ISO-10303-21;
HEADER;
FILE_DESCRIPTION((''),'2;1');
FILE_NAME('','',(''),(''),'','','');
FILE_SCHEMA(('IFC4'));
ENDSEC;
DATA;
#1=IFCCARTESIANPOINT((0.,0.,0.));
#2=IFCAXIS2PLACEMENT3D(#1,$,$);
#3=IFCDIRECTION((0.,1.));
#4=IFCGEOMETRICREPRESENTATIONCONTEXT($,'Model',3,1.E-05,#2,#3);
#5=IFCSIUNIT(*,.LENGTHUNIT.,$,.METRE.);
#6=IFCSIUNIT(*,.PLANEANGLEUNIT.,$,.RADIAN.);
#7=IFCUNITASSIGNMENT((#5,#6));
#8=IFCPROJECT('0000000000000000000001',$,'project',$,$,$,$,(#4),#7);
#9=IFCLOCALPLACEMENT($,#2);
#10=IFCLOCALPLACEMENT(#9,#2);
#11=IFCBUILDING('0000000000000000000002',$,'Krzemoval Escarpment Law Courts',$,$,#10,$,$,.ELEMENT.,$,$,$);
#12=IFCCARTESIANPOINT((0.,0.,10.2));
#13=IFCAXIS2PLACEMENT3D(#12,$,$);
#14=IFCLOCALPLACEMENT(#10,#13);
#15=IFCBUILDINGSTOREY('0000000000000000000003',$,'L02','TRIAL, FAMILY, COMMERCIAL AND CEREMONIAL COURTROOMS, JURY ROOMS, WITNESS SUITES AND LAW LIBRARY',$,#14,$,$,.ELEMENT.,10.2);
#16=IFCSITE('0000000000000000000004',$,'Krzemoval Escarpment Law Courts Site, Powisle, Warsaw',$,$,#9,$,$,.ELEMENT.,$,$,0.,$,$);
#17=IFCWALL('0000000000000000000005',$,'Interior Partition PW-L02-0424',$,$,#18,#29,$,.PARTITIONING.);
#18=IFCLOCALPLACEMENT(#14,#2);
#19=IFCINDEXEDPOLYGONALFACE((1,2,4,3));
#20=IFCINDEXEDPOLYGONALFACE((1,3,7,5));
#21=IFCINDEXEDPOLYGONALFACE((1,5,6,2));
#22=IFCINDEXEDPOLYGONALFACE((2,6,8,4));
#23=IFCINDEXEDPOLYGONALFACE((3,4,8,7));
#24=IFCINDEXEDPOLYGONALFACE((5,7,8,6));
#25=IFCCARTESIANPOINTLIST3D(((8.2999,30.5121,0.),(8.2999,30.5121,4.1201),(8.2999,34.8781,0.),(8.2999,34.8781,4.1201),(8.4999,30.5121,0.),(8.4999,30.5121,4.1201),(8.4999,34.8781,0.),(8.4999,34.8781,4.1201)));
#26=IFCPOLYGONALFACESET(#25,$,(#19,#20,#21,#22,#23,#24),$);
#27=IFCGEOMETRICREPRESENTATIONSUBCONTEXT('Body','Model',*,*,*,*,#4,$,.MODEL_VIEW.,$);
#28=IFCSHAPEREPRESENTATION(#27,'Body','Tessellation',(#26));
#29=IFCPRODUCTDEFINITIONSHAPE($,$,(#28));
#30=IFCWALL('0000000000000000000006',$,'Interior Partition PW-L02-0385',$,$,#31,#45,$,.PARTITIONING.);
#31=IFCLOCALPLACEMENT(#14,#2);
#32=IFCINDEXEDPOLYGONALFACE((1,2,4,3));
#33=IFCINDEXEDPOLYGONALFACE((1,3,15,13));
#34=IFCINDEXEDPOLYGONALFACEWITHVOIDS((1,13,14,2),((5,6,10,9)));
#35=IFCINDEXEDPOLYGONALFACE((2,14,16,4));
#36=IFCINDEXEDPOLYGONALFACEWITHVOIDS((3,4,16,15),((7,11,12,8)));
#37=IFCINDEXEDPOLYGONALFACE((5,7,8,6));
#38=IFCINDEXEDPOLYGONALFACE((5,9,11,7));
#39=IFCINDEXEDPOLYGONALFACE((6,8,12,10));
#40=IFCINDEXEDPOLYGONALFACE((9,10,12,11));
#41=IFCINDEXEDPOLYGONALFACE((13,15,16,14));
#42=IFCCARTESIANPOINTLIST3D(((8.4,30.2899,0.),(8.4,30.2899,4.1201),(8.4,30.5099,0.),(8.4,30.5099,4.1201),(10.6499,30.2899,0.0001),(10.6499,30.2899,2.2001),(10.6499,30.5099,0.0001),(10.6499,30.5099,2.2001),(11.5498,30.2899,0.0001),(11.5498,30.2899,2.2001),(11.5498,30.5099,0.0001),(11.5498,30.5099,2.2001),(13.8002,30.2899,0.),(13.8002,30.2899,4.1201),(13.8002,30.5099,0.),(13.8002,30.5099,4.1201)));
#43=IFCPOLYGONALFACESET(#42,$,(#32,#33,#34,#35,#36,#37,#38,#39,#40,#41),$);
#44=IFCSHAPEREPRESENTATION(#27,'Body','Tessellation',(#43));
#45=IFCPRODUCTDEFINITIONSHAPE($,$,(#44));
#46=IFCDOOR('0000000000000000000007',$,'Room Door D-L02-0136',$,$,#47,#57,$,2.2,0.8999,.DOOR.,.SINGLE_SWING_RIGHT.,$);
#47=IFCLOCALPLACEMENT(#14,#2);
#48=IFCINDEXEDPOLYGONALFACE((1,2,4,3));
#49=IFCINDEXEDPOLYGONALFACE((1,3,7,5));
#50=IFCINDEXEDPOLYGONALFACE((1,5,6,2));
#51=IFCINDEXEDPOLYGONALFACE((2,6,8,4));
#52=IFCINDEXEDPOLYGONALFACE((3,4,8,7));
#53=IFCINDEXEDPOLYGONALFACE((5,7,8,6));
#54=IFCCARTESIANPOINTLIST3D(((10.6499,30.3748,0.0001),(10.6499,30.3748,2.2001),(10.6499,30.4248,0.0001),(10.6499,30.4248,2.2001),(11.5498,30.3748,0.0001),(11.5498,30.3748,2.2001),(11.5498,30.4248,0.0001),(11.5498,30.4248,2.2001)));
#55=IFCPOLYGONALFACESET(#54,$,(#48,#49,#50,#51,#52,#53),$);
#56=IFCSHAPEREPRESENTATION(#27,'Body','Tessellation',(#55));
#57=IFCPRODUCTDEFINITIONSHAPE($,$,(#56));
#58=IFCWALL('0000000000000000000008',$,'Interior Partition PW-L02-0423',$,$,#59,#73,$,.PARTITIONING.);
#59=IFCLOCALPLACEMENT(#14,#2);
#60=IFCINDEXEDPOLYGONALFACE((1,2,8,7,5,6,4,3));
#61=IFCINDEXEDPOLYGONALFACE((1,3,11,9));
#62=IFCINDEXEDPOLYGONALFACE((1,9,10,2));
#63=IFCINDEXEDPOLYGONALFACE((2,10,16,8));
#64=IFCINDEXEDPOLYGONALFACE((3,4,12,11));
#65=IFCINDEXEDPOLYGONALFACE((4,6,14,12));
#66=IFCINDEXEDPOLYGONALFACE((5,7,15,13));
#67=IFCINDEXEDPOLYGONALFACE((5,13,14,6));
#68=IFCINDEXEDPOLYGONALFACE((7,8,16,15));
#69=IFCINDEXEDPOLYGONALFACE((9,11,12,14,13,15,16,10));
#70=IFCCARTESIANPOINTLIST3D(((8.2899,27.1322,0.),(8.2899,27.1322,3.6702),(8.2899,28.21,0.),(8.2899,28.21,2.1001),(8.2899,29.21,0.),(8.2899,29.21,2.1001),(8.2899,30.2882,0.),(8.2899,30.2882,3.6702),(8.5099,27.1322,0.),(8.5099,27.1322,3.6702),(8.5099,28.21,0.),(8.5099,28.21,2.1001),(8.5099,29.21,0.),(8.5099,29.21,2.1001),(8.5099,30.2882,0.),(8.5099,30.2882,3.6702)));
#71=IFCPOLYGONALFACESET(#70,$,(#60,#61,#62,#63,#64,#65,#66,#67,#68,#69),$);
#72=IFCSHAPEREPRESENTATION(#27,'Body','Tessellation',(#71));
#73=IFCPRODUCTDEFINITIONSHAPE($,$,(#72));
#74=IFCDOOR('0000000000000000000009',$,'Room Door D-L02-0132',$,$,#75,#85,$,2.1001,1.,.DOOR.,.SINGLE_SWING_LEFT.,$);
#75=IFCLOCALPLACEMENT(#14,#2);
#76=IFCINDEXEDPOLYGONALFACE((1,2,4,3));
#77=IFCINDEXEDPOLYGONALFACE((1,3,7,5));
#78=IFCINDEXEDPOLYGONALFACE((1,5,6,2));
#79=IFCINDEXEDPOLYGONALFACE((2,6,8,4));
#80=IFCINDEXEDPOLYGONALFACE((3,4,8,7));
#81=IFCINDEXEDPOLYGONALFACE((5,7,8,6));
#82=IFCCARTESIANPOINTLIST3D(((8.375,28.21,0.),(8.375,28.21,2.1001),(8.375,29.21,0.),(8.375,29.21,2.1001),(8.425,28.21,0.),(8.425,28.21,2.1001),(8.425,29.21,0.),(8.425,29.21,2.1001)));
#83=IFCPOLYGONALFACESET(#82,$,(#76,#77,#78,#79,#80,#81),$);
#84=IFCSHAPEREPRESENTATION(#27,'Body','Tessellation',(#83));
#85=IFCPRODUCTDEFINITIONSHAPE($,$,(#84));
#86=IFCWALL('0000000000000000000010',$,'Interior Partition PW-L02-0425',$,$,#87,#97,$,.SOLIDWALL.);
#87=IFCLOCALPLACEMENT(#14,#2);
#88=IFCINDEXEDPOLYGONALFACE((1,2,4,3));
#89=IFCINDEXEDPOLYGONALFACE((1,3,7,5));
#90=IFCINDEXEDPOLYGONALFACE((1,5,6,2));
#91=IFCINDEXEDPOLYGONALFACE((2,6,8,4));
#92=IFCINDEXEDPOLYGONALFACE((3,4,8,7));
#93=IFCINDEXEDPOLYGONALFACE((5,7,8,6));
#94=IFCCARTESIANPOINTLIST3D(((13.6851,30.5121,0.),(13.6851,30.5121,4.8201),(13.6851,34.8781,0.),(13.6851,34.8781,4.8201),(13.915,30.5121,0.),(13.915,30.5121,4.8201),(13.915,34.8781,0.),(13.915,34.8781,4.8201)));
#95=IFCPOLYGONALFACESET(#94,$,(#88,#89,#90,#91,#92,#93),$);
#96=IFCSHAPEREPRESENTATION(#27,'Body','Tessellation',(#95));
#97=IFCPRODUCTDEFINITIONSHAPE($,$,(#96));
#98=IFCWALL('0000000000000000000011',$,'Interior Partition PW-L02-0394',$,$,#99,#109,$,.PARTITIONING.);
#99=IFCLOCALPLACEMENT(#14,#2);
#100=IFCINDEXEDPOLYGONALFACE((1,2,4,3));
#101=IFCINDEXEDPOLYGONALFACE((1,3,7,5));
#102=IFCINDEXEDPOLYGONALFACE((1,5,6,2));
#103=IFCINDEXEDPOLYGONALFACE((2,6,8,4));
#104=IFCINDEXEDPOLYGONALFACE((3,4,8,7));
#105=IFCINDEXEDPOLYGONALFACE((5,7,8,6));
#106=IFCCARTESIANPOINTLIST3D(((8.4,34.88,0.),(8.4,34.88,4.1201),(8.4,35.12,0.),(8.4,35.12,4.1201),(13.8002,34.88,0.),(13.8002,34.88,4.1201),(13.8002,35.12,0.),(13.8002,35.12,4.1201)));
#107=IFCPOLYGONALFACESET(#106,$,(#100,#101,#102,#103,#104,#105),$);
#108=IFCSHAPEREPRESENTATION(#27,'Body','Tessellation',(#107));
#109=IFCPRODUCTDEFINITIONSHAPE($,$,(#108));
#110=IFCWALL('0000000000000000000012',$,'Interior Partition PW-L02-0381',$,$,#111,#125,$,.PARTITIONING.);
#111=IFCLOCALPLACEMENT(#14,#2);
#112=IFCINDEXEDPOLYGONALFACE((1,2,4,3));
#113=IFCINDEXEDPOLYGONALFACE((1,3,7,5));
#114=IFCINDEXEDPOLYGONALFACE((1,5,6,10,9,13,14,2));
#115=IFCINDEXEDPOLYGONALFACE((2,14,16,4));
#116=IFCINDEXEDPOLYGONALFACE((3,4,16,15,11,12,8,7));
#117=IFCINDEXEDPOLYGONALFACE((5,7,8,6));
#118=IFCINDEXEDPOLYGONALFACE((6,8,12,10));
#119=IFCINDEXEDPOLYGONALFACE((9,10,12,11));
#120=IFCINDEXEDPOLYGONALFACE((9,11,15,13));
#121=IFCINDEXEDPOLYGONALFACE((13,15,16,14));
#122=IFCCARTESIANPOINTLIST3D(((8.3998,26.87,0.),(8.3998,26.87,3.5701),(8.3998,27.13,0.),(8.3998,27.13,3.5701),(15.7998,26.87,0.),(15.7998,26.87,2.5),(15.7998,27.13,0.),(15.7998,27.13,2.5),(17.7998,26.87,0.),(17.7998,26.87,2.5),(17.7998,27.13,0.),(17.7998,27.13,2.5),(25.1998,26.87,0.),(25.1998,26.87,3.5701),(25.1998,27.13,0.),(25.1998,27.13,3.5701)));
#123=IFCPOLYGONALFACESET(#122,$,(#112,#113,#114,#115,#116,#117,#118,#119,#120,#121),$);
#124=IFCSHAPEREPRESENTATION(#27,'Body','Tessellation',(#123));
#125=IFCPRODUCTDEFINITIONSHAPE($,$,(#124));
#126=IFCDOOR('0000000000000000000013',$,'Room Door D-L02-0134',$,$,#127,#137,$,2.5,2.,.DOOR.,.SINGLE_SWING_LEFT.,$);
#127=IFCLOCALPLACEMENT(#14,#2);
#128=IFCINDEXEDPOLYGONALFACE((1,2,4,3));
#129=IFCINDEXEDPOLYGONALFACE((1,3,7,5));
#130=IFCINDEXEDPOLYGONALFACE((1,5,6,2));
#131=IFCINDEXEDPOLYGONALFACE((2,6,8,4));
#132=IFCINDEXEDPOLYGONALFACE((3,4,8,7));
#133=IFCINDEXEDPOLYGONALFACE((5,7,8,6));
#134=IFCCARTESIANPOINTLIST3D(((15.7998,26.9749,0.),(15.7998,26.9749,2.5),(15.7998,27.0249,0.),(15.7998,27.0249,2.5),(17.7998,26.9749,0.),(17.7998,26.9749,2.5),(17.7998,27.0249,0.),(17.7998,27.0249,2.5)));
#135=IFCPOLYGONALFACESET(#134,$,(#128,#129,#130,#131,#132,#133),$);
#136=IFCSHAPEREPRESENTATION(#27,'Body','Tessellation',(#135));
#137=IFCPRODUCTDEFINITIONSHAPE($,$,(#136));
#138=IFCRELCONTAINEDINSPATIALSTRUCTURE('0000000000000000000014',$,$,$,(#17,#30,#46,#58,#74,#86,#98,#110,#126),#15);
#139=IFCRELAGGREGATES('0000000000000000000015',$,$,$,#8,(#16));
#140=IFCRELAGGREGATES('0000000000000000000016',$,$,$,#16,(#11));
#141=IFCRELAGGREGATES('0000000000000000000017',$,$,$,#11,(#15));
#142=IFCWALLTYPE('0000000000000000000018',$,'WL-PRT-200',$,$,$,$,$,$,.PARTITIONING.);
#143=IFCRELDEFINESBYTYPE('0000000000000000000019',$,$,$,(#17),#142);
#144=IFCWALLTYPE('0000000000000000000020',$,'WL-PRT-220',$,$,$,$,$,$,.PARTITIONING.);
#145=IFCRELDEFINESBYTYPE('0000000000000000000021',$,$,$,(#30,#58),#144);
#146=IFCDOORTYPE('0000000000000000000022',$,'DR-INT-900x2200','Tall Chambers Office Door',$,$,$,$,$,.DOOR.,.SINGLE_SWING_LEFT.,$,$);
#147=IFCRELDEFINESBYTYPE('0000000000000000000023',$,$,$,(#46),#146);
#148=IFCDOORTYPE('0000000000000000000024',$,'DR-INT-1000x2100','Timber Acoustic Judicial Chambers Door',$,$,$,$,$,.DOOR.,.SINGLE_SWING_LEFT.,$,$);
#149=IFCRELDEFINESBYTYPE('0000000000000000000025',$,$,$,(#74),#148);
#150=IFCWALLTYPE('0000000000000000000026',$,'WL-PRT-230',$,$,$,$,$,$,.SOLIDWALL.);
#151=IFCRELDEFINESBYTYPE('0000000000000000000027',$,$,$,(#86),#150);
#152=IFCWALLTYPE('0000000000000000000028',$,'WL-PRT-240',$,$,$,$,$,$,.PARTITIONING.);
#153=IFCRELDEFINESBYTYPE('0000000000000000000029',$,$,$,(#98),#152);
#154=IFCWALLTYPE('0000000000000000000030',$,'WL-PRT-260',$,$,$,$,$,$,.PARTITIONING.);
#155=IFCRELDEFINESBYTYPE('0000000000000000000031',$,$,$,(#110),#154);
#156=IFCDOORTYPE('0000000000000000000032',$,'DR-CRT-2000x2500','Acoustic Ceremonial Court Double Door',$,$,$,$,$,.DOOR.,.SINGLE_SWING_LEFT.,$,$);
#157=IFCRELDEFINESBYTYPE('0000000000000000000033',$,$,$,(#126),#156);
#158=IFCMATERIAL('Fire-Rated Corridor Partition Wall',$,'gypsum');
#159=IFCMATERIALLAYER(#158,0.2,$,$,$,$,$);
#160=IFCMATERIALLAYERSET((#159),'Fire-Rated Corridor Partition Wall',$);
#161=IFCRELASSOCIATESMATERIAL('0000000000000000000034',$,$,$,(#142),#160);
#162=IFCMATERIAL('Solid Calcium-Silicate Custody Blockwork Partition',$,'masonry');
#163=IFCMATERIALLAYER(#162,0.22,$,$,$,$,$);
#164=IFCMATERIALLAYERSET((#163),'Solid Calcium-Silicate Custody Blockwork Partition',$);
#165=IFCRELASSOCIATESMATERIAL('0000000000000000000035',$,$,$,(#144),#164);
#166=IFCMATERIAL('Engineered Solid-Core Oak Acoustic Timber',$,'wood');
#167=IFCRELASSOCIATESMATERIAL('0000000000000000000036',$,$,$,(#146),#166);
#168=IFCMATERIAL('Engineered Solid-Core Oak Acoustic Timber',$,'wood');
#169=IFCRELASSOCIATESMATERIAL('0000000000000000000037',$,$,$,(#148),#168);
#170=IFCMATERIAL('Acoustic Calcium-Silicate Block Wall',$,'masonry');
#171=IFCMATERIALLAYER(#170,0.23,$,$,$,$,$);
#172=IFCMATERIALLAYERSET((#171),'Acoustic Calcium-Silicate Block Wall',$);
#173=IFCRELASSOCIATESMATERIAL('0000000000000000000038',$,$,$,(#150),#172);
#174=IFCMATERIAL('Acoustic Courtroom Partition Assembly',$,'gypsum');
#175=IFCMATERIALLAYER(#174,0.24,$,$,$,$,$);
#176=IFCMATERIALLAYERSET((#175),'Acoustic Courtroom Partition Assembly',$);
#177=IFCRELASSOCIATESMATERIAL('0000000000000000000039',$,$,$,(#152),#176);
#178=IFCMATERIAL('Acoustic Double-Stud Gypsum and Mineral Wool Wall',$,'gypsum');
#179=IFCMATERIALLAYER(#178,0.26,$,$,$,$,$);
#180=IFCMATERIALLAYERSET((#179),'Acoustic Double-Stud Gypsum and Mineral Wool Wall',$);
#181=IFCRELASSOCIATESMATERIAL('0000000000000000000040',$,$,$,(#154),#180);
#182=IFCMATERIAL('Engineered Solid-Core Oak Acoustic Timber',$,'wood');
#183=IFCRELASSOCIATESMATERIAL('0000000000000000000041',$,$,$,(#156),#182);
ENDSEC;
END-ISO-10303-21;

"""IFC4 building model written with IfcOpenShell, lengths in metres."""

from ifc_helpers import new_model, si_unit, direction, frame, frame_2d, origin, place, context, subcontext, project, spatial, rectangle, extrude, material, layer, layer_set, type_object, element, fill, save


model = new_model("IFC4")

# Units and contexts
model_context = context("Model", 3, precision=1e-05, world=origin(), true_north=direction((0.0, 1.0)))
body_context = subcontext(model_context, "Body", "Model", "MODEL_VIEW")
ifc_project = project(units=[si_unit("LENGTHUNIT", "METRE"), si_unit("PLANEANGLEUNIT", "RADIAN")], contexts=[model_context])

# Site, building, storey
site_placement = place(None, origin())
site = spatial("IfcSite", under=ifc_project, at=site_placement, Name="Krzemoval Escarpment Law Courts Site, Powisle, Warsaw", CompositionType="ELEMENT", RefElevation=0.0)
building_placement = place(site_placement, origin())
building = spatial("IfcBuilding", under=site, at=building_placement, Name="Krzemoval Escarpment Law Courts", CompositionType="ELEMENT")
storey_placement = place(building_placement, frame((0.0, 0.0, 10.2)))
storey = spatial("IfcBuildingStorey", under=building, at=storey_placement, Name="L02", Description="TRIAL, FAMILY, COMMERCIAL AND CEREMONIAL COURTROOMS, JURY ROOMS, WITNESS SUITES AND LAW LIBRARY", CompositionType="ELEMENT", Elevation=10.2)

# Wall
ifc_material_1 = material(Name="Fire-Rated Corridor Partition Wall", Category="gypsum")
ifc_layer_1 = layer(ifc_material_1, 0.2)
ifc_layer_set_1 = layer_set([ifc_layer_1], Name="Fire-Rated Corridor Partition Wall")
wall_type_1 = type_object("IfcWallType", Name="WL-PRT-200", PredefinedType="PARTITIONING", material=ifc_layer_set_1)
wall_1_placement = place(storey_placement, frame((8.3999, 30.512, 0.0), z_axis=(0.0, 0.0, 1.0), x_axis=(0.0, 1.0, 0.0)))
element("IfcWall", 1, at=wall_1_placement, inside=storey, type_object=wall_type_1, Name="Interior Partition PW-L02-0424", PredefinedType="PARTITIONING", context=body_context, shape_type="SweptSolid", body=[
    extrude(rectangle(XDim=4.366, YDim=0.2, at=frame_2d((2.1831, 0.0))), origin(), (0.0, 0.0, 1.0), 4.1201),
])

# Walls, openings, doors
ifc_material_2 = material(Name="Solid Calcium-Silicate Custody Blockwork Partition", Category="masonry")
ifc_layer_2 = layer(ifc_material_2, 0.22)
ifc_layer_set_2 = layer_set([ifc_layer_2], Name="Solid Calcium-Silicate Custody Blockwork Partition")
wall_type_2 = type_object("IfcWallType", Name="WL-PRT-220", PredefinedType="PARTITIONING", material=ifc_layer_set_2)
wall_2_placement = place(storey_placement, frame((8.3999, 30.3999, 0.0), z_axis=(0.0, 0.0, 1.0), x_axis=(1.0, 0.0, 0.0)))
wall_2 = element("IfcWall", 2, at=wall_2_placement, inside=storey, type_object=wall_type_2, Name="Interior Partition PW-L02-0385", PredefinedType="PARTITIONING", context=body_context, shape_type="SweptSolid", body=[
    extrude(rectangle(XDim=5.4001, YDim=0.22, at=frame_2d((2.7002, 0.0))), origin(), (0.0, 0.0, 1.0), 4.1201),
])
opening_1_placement = place(wall_2_placement, frame((2.25, 0.0, 0.0)))
opening_1 = element("IfcOpeningElement", 3, at=opening_1_placement, cuts=wall_2, PredefinedType="OPENING", context=body_context, shape_type="SweptSolid", body=[
    extrude(rectangle(XDim=0.8999, YDim=2.2, at=frame_2d((0.45, 1.1001))), frame((0.0, 0.125, 0.0), z_axis=(0.0, -1.0, 0.0), x_axis=(1.0, 0.0, 0.0)), (0.0, 0.0, 1.0), 0.25),
])
ifc_material_3 = material(Name="Engineered Solid-Core Oak Acoustic Timber", Category="wood")
door_type_1 = type_object("IfcDoorType", Name="DR-INT-900x2200", Description="Tall Chambers Office Door", OperationType="SINGLE_SWING_LEFT", PredefinedType="DOOR", material=ifc_material_3)
door_1_placement = place(opening_1_placement, origin())
door_1 = element("IfcDoor", 4, at=door_1_placement, inside=storey, type_object=door_type_1, Name="Room Door D-L02-0136", OperationType="SINGLE_SWING_RIGHT", OverallHeight=2.2, OverallWidth=0.8999, PredefinedType="DOOR", context=body_context, shape_type="SweptSolid", body=[
    extrude(rectangle(XDim=0.8999, YDim=2.2, at=frame_2d((0.45, 1.1001))), frame((0.0, 0.0249, 0.0), z_axis=(0.0, -1.0, 0.0), x_axis=(1.0, 0.0, 0.0)), (0.0, 0.0, 1.0), 0.05),
])
fill(opening_1, door_1)
wall_3_placement = place(storey_placement, frame((8.3999, 27.1321, 0.0), z_axis=(0.0, 0.0, 1.0), x_axis=(0.0, 1.0, 0.0)))
wall_3 = element("IfcWall", 5, at=wall_3_placement, inside=storey, type_object=wall_type_2, Name="Interior Partition PW-L02-0423", PredefinedType="PARTITIONING", context=body_context, shape_type="SweptSolid", body=[
    extrude(rectangle(XDim=3.156, YDim=0.22, at=frame_2d((1.5781, 0.0))), origin(), (0.0, 0.0, 1.0), 3.6702),
])
opening_2_placement = place(wall_3_placement, frame((1.0779, 0.0, 0.0)))
opening_2 = element("IfcOpeningElement", 6, at=opening_2_placement, cuts=wall_3, PredefinedType="OPENING", context=body_context, shape_type="SweptSolid", body=[
    extrude(rectangle(XDim=1.0, YDim=2.1001, at=frame_2d((0.5, 1.05))), frame((0.0, 0.125, 0.0), z_axis=(0.0, -1.0, 0.0), x_axis=(1.0, 0.0, 0.0)), (0.0, 0.0, 1.0), 0.25),
])
ifc_material_4 = material(Name="Engineered Solid-Core Oak Acoustic Timber", Category="wood")
door_type_2 = type_object("IfcDoorType", Name="DR-INT-1000x2100", Description="Timber Acoustic Judicial Chambers Door", OperationType="SINGLE_SWING_LEFT", PredefinedType="DOOR", material=ifc_material_4)
door_2_placement = place(opening_2_placement, origin())
door_2 = element("IfcDoor", 7, at=door_2_placement, inside=storey, type_object=door_type_2, Name="Room Door D-L02-0132", OperationType="SINGLE_SWING_LEFT", OverallHeight=2.1001, OverallWidth=1.0, PredefinedType="DOOR", context=body_context, shape_type="SweptSolid", body=[
    extrude(rectangle(XDim=1.0, YDim=2.1001, at=frame_2d((0.5, 1.05))), frame((0.0, 0.0249, 0.0), z_axis=(0.0, -1.0, 0.0), x_axis=(1.0, 0.0, 0.0)), (0.0, 0.0, 1.0), 0.05),
])
fill(opening_2, door_2)

# Walls
ifc_material_5 = material(Name="Acoustic Calcium-Silicate Block Wall", Category="masonry")
ifc_layer_3 = layer(ifc_material_5, 0.23)
ifc_layer_set_3 = layer_set([ifc_layer_3], Name="Acoustic Calcium-Silicate Block Wall")
wall_type_3 = type_object("IfcWallType", Name="WL-PRT-230", PredefinedType="SOLIDWALL", material=ifc_layer_set_3)
wall_4_placement = place(storey_placement, frame((13.8, 30.512, 0.0), z_axis=(0.0, 0.0, 1.0), x_axis=(0.0, 1.0, 0.0)))
element("IfcWall", 8, at=wall_4_placement, inside=storey, type_object=wall_type_3, Name="Interior Partition PW-L02-0425", PredefinedType="SOLIDWALL", context=body_context, shape_type="SweptSolid", body=[
    extrude(rectangle(XDim=4.366, YDim=0.23, at=frame_2d((2.1831, 0.0))), origin(), (0.0, 0.0, 1.0), 4.8201),
])
ifc_material_6 = material(Name="Acoustic Courtroom Partition Assembly", Category="gypsum")
ifc_layer_4 = layer(ifc_material_6, 0.24)
ifc_layer_set_4 = layer_set([ifc_layer_4], Name="Acoustic Courtroom Partition Assembly")
wall_type_4 = type_object("IfcWallType", Name="WL-PRT-240", PredefinedType="PARTITIONING", material=ifc_layer_set_4)
wall_5_placement = place(storey_placement, frame((8.3999, 35.0, 0.0), z_axis=(0.0, 0.0, 1.0), x_axis=(1.0, 0.0, 0.0)))
element("IfcWall", 9, at=wall_5_placement, inside=storey, type_object=wall_type_4, Name="Interior Partition PW-L02-0394", PredefinedType="PARTITIONING", context=body_context, shape_type="SweptSolid", body=[
    extrude(rectangle(XDim=5.4001, YDim=0.24, at=frame_2d((2.7002, 0.0))), origin(), (0.0, 0.0, 1.0), 4.1201),
])

# Wall, opening, door
ifc_material_7 = material(Name="Acoustic Double-Stud Gypsum and Mineral Wool Wall", Category="gypsum")
ifc_layer_5 = layer(ifc_material_7, 0.26)
ifc_layer_set_5 = layer_set([ifc_layer_5], Name="Acoustic Double-Stud Gypsum and Mineral Wool Wall")
wall_type_5 = type_object("IfcWallType", Name="WL-PRT-260", PredefinedType="PARTITIONING", material=ifc_layer_set_5)
wall_6_placement = place(storey_placement, frame((8.3999, 27.0, 0.0), z_axis=(0.0, 0.0, 1.0), x_axis=(1.0, 0.0, 0.0)))
wall_6 = element("IfcWall", 10, at=wall_6_placement, inside=storey, type_object=wall_type_5, Name="Interior Partition PW-L02-0381", PredefinedType="PARTITIONING", context=body_context, shape_type="SweptSolid", body=[
    extrude(rectangle(XDim=16.8, YDim=0.26, at=frame_2d((8.3999, 0.0))), origin(), (0.0, 0.0, 1.0), 3.5701),
])
opening_3_placement = place(wall_6_placement, frame((7.3999, 0.0, 0.0)))
opening_3 = element("IfcOpeningElement", 11, at=opening_3_placement, cuts=wall_6, PredefinedType="OPENING", context=body_context, shape_type="SweptSolid", body=[
    extrude(rectangle(XDim=2.0, YDim=2.5, at=frame_2d((1.0, 1.25))), frame((0.0, 0.145, 0.0), z_axis=(0.0, -1.0, 0.0), x_axis=(1.0, 0.0, 0.0)), (0.0, 0.0, 1.0), 0.29),
])
ifc_material_8 = material(Name="Engineered Solid-Core Oak Acoustic Timber", Category="wood")
door_type_3 = type_object("IfcDoorType", Name="DR-CRT-2000x2500", Description="Acoustic Ceremonial Court Double Door", OperationType="SINGLE_SWING_LEFT", PredefinedType="DOOR", material=ifc_material_8)
door_3_placement = place(opening_3_placement, origin())
door_3 = element("IfcDoor", 12, at=door_3_placement, inside=storey, type_object=door_type_3, Name="Room Door D-L02-0134", OperationType="SINGLE_SWING_LEFT", OverallHeight=2.5, OverallWidth=2.0, PredefinedType="DOOR", context=body_context, shape_type="SweptSolid", body=[
    extrude(rectangle(XDim=2.0, YDim=2.5, at=frame_2d((1.0, 1.25))), frame((0.0, 0.0249, 0.0), z_axis=(0.0, -1.0, 0.0), x_axis=(1.0, 0.0, 0.0)), (0.0, 0.0, 1.0), 0.05),
])
fill(opening_3, door_3)

save(model, "model.ifc")
